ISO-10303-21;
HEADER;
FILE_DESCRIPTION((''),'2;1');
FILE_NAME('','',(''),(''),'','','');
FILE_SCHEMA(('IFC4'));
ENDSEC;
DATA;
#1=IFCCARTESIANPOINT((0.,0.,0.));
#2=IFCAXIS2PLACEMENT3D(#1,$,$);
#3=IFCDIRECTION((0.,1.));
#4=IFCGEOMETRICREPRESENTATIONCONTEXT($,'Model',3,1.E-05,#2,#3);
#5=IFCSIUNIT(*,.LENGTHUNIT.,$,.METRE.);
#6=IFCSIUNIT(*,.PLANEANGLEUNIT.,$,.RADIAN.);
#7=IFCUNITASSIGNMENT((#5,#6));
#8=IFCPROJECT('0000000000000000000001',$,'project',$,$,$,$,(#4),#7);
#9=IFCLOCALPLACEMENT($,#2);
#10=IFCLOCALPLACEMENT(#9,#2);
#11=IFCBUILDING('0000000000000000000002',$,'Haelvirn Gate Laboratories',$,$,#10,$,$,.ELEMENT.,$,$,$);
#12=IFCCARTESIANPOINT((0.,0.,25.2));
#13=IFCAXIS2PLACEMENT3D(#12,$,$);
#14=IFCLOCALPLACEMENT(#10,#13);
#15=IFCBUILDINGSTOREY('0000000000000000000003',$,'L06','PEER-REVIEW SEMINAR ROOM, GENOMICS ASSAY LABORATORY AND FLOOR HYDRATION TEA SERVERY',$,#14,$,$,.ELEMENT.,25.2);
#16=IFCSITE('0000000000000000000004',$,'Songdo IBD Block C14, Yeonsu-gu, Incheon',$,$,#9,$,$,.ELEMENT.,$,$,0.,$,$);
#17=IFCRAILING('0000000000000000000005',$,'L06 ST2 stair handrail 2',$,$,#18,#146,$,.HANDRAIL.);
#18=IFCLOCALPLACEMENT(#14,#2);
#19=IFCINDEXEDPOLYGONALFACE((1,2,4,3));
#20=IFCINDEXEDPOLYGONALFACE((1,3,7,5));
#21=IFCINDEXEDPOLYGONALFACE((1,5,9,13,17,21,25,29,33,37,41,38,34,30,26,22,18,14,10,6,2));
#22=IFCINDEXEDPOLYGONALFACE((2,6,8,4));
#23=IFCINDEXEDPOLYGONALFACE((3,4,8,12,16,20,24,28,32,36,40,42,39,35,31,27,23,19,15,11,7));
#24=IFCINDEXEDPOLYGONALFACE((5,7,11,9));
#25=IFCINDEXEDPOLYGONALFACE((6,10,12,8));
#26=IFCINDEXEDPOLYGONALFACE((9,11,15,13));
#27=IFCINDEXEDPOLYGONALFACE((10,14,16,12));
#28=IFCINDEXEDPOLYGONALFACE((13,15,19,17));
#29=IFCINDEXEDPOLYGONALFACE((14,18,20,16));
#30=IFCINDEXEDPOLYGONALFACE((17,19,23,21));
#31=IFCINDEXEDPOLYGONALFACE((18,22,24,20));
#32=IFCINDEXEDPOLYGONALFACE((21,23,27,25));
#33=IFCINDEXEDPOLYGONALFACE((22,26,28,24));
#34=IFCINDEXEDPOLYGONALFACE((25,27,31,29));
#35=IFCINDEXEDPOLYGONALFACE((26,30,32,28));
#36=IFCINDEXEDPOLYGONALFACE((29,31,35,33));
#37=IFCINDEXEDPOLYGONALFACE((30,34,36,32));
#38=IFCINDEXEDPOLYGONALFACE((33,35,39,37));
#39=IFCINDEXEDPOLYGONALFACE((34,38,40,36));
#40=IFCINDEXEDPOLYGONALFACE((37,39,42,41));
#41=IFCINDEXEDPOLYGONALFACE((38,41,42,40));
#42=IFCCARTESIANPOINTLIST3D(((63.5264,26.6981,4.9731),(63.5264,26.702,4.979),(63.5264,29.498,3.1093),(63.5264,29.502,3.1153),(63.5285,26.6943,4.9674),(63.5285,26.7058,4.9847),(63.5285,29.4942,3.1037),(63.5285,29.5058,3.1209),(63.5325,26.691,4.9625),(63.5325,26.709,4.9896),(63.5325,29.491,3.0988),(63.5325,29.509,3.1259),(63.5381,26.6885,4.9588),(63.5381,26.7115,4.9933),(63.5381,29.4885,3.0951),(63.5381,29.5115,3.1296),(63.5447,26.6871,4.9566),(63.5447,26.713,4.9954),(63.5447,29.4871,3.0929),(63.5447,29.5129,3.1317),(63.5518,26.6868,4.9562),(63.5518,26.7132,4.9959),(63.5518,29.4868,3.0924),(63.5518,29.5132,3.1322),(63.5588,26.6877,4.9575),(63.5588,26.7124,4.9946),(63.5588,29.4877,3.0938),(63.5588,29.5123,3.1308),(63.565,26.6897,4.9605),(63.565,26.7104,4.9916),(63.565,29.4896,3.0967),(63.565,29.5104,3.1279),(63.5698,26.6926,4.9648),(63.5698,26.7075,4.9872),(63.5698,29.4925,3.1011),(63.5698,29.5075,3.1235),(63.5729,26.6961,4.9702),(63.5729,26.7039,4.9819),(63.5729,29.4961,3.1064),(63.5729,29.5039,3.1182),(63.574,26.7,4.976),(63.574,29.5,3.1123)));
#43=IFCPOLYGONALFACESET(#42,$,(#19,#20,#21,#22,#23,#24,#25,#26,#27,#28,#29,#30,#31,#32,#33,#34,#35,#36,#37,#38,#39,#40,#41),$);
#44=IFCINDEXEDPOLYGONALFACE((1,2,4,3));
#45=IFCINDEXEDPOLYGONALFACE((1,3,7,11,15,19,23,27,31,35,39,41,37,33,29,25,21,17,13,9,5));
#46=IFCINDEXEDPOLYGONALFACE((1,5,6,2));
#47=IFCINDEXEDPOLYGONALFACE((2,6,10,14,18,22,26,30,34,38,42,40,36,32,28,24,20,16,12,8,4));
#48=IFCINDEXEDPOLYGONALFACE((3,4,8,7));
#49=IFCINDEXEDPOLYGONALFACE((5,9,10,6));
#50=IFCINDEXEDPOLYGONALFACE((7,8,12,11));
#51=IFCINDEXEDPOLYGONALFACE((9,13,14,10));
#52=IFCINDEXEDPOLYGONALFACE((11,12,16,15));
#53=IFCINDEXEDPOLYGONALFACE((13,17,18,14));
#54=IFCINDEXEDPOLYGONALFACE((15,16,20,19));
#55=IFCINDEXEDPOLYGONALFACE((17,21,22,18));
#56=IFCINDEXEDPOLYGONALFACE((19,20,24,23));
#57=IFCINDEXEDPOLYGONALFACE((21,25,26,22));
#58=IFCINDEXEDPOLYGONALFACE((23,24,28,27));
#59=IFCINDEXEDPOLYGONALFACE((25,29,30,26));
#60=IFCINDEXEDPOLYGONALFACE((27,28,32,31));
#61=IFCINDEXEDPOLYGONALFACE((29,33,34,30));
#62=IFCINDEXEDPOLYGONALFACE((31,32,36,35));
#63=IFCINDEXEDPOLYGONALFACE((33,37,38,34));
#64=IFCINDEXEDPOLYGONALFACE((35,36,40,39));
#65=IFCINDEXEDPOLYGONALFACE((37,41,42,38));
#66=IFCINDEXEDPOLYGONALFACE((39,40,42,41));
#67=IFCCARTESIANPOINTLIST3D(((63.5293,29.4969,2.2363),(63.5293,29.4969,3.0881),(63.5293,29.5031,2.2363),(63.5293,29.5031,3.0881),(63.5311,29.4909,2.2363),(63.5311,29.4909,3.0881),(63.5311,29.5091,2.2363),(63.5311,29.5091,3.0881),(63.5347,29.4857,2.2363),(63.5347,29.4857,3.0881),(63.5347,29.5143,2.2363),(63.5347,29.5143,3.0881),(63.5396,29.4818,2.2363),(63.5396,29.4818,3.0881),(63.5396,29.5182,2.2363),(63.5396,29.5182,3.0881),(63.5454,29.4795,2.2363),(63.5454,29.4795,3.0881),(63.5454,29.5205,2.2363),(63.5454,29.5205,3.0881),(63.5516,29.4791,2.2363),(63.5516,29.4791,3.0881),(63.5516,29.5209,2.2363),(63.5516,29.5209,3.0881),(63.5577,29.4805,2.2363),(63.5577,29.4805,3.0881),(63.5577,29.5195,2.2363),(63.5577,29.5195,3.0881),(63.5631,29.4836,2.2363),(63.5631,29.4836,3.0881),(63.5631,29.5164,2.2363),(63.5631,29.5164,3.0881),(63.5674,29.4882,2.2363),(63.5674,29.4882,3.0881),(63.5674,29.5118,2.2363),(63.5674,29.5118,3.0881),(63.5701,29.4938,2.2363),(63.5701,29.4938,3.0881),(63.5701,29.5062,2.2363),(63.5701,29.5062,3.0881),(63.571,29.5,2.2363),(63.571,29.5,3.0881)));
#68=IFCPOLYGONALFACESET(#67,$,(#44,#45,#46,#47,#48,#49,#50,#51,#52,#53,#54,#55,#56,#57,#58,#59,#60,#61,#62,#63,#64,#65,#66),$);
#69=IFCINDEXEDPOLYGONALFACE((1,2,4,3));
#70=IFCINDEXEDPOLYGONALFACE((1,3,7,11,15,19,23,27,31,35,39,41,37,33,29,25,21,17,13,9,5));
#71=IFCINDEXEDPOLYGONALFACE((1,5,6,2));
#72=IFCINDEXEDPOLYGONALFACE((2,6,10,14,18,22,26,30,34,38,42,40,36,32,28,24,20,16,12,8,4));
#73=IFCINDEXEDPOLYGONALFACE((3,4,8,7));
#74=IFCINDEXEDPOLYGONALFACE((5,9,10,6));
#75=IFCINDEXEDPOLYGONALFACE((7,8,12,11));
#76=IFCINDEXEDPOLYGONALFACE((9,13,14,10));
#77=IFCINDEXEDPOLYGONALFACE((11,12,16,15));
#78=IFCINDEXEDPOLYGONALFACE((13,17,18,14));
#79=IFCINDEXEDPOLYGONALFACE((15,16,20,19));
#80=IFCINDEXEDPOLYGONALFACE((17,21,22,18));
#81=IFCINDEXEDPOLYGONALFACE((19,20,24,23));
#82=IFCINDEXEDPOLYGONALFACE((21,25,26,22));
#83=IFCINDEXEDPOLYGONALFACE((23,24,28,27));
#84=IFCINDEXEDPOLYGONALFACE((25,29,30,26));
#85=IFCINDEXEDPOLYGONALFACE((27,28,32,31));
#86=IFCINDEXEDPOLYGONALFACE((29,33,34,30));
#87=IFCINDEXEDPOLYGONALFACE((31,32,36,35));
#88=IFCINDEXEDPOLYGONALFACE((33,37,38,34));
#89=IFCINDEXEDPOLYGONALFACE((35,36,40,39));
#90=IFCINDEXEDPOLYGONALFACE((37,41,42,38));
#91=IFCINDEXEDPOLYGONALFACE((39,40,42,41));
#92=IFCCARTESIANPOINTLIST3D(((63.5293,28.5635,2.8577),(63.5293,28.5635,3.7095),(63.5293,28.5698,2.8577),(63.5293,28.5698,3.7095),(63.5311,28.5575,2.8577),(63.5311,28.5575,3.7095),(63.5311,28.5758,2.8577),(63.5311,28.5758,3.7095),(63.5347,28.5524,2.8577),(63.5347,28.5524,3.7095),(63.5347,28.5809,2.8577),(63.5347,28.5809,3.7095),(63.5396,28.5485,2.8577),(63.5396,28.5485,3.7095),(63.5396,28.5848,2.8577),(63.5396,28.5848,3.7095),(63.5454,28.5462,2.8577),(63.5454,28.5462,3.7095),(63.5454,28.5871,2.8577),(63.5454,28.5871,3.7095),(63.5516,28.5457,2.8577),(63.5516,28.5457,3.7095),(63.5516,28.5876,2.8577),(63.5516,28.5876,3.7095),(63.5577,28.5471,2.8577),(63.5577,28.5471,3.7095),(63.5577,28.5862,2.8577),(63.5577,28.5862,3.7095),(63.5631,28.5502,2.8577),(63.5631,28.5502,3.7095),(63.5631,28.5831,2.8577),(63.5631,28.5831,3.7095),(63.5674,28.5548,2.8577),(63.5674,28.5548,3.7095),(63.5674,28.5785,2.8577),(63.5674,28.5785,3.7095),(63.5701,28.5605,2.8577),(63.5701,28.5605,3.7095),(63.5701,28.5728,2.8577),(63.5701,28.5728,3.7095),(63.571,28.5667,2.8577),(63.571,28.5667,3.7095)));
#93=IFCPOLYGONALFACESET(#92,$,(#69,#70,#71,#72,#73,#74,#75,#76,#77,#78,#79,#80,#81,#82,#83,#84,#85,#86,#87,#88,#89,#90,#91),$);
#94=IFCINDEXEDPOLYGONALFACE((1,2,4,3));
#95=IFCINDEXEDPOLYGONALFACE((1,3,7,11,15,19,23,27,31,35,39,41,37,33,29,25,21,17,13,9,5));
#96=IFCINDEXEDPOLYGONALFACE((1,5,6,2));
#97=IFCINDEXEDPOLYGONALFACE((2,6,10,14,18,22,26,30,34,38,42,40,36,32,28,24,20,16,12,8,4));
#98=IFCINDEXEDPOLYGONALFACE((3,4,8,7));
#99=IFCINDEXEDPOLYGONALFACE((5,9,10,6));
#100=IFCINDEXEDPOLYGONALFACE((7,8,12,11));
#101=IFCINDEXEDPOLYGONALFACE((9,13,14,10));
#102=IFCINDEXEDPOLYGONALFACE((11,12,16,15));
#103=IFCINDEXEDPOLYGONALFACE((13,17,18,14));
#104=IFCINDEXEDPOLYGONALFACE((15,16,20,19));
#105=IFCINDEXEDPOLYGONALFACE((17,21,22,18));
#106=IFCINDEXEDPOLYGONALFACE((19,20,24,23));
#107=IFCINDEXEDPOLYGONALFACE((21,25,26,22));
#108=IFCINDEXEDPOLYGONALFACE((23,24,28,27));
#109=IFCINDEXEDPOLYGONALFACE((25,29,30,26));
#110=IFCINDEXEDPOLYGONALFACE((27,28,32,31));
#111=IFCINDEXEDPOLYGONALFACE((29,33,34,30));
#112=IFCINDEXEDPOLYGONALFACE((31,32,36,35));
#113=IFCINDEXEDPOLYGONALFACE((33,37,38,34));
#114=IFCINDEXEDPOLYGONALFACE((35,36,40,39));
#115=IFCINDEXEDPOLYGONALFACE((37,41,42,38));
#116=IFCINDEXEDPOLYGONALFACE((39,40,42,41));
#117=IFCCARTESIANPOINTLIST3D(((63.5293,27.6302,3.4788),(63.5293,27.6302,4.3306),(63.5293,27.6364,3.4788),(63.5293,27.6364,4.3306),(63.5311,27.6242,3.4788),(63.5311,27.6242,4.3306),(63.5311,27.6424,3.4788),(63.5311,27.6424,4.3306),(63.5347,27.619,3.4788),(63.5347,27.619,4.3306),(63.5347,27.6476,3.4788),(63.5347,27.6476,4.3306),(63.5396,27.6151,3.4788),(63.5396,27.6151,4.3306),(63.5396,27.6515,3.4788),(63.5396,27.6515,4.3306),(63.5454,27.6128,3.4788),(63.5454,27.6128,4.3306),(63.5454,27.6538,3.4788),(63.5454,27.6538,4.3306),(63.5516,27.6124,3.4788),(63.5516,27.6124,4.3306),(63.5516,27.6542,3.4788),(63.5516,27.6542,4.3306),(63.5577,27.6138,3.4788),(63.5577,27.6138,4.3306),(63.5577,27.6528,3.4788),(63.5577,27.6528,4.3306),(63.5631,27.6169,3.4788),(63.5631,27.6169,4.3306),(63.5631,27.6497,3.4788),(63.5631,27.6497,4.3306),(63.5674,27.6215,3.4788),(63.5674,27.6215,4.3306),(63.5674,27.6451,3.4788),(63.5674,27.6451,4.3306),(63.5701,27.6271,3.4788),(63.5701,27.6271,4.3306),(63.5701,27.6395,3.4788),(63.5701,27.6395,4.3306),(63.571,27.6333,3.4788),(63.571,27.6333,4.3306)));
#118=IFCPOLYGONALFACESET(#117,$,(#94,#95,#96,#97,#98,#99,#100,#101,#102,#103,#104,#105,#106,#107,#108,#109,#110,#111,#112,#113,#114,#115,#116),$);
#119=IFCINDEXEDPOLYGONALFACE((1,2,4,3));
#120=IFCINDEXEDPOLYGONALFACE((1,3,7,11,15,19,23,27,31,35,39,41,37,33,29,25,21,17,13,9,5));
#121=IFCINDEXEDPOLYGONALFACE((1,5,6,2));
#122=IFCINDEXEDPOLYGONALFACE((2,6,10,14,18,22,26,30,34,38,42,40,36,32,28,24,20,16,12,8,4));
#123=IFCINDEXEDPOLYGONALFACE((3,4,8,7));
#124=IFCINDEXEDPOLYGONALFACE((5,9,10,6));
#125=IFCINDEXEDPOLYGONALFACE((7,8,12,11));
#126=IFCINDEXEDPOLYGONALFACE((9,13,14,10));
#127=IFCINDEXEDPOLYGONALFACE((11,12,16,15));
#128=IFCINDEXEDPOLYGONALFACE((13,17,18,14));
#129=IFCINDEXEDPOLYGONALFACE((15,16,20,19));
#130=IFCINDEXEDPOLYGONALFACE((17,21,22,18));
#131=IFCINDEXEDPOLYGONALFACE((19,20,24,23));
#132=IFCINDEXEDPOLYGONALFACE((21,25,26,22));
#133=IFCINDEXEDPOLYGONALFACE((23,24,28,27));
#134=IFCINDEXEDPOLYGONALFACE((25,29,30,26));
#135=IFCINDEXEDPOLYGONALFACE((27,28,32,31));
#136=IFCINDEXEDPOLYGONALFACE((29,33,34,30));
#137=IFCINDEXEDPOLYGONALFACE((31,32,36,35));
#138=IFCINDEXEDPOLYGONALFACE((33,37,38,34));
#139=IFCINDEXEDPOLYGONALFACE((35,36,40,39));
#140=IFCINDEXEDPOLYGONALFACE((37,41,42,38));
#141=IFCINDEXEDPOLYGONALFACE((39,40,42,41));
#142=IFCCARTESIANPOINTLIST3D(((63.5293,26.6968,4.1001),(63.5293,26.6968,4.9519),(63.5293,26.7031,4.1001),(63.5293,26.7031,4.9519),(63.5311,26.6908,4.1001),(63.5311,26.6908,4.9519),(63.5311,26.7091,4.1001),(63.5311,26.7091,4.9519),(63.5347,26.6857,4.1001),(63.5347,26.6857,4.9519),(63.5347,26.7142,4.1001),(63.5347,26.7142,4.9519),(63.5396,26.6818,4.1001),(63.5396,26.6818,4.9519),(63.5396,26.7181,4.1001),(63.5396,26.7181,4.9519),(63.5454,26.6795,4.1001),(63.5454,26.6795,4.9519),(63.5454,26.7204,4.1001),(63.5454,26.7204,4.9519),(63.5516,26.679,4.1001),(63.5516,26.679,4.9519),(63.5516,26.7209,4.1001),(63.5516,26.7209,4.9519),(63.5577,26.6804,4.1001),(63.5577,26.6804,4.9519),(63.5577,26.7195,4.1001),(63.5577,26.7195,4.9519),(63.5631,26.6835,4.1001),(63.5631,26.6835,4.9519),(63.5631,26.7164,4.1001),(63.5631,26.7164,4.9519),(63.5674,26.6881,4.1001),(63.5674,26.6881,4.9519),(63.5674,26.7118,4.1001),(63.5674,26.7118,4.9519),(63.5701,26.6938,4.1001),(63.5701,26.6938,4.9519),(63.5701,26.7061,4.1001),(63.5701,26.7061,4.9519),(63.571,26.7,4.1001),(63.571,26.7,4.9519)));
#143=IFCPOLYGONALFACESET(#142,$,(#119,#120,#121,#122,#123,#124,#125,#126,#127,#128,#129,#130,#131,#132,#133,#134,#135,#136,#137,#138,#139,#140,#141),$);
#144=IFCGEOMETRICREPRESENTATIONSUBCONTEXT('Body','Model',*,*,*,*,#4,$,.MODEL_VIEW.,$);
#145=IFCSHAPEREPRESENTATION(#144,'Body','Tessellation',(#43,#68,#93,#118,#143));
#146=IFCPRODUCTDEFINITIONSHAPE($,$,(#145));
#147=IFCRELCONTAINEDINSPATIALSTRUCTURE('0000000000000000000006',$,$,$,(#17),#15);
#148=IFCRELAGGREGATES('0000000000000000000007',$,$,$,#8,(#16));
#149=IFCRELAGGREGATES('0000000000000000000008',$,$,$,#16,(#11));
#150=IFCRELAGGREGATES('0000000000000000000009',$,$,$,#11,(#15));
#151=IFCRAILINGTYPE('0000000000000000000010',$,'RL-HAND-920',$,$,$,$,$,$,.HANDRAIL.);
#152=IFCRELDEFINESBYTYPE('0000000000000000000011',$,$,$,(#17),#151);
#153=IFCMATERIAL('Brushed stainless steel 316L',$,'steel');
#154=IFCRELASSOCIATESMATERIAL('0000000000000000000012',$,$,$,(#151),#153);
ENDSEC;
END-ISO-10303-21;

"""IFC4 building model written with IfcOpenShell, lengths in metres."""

from ifc_helpers import new_model, si_unit, direction, frame, origin, origin_2d, place, context, subcontext, project, spatial, circle, extrude, source, transform, mapped, material, type_object, element, save


model = new_model("IFC4")

# Units and contexts
model_context = context("Model", 3, precision=1e-05, world=origin(), true_north=direction((0.0, 1.0)))
body_context = subcontext(model_context, "Body", "Model", "MODEL_VIEW")
ifc_project = project(units=[si_unit("LENGTHUNIT", "METRE"), si_unit("PLANEANGLEUNIT", "RADIAN")], contexts=[model_context])

# Site, building, storey
site_placement = place(None, origin())
site = spatial("IfcSite", under=ifc_project, at=site_placement, Name="Songdo IBD Block C14, Yeonsu-gu, Incheon", CompositionType="ELEMENT", RefElevation=0.0)
building_placement = place(site_placement, origin())
building = spatial("IfcBuilding", under=site, at=building_placement, Name="Haelvirn Gate Laboratories", CompositionType="ELEMENT")
storey_placement = place(building_placement, frame((0.0, 0.0, 25.2)))
storey = spatial("IfcBuildingStorey", under=building, at=storey_placement, Name="L06", Description="PEER-REVIEW SEMINAR ROOM, GENOMICS ASSAY LABORATORY AND FLOOR HYDRATION TEA SERVERY", CompositionType="ELEMENT", Elevation=25.2)

# Railing
ifc_material_1 = material(Name="Brushed stainless steel 316L", Category="steel")
railing_type_1 = type_object("IfcRailingType", Name="RL-HAND-920", PredefinedType="HANDRAIL", material=ifc_material_1)
shared_shape_1 = source(origin(), body_context, "Body", "SweptSolid", [
    extrude(circle(Radius=0.0239, at=origin_2d()), frame((0.0, 0.0, 0.876), z_axis=(0.0, -0.832452, 0.554097), x_axis=(1.0, 0.0, 0.0)), (0.0, 0.0, 1.0), 3.3635),
    extrude(circle(Radius=0.021, at=origin_2d()), origin(), (0.0, 0.0, 1.0), 0.8518),
    extrude(circle(Radius=0.021, at=origin_2d()), frame((0.0, -0.9333, 0.6213)), (0.0, 0.0, 1.0), 0.8518),
    extrude(circle(Radius=0.021, at=origin_2d()), frame((0.0, -1.8667, 1.2424)), (0.0, 0.0, 1.0), 0.8518),
    extrude(circle(Radius=0.021, at=origin_2d()), frame((0.0, -2.8, 1.8638)), (0.0, 0.0, 1.0), 0.8518),
])
railing_1_placement = place(storey_placement, frame((63.55, 29.5, 2.2363)))
element("IfcRailing", 1, at=railing_1_placement, inside=storey, type_object=railing_type_1, Name="L06 ST2 stair handrail 2", PredefinedType="HANDRAIL", context=body_context, shape_type="MappedRepresentation", body=[
    mapped(shared_shape_1, transform((0.0, 0.0, 0.0), scale=1.0)),
])

save(model, "model.ifc")
